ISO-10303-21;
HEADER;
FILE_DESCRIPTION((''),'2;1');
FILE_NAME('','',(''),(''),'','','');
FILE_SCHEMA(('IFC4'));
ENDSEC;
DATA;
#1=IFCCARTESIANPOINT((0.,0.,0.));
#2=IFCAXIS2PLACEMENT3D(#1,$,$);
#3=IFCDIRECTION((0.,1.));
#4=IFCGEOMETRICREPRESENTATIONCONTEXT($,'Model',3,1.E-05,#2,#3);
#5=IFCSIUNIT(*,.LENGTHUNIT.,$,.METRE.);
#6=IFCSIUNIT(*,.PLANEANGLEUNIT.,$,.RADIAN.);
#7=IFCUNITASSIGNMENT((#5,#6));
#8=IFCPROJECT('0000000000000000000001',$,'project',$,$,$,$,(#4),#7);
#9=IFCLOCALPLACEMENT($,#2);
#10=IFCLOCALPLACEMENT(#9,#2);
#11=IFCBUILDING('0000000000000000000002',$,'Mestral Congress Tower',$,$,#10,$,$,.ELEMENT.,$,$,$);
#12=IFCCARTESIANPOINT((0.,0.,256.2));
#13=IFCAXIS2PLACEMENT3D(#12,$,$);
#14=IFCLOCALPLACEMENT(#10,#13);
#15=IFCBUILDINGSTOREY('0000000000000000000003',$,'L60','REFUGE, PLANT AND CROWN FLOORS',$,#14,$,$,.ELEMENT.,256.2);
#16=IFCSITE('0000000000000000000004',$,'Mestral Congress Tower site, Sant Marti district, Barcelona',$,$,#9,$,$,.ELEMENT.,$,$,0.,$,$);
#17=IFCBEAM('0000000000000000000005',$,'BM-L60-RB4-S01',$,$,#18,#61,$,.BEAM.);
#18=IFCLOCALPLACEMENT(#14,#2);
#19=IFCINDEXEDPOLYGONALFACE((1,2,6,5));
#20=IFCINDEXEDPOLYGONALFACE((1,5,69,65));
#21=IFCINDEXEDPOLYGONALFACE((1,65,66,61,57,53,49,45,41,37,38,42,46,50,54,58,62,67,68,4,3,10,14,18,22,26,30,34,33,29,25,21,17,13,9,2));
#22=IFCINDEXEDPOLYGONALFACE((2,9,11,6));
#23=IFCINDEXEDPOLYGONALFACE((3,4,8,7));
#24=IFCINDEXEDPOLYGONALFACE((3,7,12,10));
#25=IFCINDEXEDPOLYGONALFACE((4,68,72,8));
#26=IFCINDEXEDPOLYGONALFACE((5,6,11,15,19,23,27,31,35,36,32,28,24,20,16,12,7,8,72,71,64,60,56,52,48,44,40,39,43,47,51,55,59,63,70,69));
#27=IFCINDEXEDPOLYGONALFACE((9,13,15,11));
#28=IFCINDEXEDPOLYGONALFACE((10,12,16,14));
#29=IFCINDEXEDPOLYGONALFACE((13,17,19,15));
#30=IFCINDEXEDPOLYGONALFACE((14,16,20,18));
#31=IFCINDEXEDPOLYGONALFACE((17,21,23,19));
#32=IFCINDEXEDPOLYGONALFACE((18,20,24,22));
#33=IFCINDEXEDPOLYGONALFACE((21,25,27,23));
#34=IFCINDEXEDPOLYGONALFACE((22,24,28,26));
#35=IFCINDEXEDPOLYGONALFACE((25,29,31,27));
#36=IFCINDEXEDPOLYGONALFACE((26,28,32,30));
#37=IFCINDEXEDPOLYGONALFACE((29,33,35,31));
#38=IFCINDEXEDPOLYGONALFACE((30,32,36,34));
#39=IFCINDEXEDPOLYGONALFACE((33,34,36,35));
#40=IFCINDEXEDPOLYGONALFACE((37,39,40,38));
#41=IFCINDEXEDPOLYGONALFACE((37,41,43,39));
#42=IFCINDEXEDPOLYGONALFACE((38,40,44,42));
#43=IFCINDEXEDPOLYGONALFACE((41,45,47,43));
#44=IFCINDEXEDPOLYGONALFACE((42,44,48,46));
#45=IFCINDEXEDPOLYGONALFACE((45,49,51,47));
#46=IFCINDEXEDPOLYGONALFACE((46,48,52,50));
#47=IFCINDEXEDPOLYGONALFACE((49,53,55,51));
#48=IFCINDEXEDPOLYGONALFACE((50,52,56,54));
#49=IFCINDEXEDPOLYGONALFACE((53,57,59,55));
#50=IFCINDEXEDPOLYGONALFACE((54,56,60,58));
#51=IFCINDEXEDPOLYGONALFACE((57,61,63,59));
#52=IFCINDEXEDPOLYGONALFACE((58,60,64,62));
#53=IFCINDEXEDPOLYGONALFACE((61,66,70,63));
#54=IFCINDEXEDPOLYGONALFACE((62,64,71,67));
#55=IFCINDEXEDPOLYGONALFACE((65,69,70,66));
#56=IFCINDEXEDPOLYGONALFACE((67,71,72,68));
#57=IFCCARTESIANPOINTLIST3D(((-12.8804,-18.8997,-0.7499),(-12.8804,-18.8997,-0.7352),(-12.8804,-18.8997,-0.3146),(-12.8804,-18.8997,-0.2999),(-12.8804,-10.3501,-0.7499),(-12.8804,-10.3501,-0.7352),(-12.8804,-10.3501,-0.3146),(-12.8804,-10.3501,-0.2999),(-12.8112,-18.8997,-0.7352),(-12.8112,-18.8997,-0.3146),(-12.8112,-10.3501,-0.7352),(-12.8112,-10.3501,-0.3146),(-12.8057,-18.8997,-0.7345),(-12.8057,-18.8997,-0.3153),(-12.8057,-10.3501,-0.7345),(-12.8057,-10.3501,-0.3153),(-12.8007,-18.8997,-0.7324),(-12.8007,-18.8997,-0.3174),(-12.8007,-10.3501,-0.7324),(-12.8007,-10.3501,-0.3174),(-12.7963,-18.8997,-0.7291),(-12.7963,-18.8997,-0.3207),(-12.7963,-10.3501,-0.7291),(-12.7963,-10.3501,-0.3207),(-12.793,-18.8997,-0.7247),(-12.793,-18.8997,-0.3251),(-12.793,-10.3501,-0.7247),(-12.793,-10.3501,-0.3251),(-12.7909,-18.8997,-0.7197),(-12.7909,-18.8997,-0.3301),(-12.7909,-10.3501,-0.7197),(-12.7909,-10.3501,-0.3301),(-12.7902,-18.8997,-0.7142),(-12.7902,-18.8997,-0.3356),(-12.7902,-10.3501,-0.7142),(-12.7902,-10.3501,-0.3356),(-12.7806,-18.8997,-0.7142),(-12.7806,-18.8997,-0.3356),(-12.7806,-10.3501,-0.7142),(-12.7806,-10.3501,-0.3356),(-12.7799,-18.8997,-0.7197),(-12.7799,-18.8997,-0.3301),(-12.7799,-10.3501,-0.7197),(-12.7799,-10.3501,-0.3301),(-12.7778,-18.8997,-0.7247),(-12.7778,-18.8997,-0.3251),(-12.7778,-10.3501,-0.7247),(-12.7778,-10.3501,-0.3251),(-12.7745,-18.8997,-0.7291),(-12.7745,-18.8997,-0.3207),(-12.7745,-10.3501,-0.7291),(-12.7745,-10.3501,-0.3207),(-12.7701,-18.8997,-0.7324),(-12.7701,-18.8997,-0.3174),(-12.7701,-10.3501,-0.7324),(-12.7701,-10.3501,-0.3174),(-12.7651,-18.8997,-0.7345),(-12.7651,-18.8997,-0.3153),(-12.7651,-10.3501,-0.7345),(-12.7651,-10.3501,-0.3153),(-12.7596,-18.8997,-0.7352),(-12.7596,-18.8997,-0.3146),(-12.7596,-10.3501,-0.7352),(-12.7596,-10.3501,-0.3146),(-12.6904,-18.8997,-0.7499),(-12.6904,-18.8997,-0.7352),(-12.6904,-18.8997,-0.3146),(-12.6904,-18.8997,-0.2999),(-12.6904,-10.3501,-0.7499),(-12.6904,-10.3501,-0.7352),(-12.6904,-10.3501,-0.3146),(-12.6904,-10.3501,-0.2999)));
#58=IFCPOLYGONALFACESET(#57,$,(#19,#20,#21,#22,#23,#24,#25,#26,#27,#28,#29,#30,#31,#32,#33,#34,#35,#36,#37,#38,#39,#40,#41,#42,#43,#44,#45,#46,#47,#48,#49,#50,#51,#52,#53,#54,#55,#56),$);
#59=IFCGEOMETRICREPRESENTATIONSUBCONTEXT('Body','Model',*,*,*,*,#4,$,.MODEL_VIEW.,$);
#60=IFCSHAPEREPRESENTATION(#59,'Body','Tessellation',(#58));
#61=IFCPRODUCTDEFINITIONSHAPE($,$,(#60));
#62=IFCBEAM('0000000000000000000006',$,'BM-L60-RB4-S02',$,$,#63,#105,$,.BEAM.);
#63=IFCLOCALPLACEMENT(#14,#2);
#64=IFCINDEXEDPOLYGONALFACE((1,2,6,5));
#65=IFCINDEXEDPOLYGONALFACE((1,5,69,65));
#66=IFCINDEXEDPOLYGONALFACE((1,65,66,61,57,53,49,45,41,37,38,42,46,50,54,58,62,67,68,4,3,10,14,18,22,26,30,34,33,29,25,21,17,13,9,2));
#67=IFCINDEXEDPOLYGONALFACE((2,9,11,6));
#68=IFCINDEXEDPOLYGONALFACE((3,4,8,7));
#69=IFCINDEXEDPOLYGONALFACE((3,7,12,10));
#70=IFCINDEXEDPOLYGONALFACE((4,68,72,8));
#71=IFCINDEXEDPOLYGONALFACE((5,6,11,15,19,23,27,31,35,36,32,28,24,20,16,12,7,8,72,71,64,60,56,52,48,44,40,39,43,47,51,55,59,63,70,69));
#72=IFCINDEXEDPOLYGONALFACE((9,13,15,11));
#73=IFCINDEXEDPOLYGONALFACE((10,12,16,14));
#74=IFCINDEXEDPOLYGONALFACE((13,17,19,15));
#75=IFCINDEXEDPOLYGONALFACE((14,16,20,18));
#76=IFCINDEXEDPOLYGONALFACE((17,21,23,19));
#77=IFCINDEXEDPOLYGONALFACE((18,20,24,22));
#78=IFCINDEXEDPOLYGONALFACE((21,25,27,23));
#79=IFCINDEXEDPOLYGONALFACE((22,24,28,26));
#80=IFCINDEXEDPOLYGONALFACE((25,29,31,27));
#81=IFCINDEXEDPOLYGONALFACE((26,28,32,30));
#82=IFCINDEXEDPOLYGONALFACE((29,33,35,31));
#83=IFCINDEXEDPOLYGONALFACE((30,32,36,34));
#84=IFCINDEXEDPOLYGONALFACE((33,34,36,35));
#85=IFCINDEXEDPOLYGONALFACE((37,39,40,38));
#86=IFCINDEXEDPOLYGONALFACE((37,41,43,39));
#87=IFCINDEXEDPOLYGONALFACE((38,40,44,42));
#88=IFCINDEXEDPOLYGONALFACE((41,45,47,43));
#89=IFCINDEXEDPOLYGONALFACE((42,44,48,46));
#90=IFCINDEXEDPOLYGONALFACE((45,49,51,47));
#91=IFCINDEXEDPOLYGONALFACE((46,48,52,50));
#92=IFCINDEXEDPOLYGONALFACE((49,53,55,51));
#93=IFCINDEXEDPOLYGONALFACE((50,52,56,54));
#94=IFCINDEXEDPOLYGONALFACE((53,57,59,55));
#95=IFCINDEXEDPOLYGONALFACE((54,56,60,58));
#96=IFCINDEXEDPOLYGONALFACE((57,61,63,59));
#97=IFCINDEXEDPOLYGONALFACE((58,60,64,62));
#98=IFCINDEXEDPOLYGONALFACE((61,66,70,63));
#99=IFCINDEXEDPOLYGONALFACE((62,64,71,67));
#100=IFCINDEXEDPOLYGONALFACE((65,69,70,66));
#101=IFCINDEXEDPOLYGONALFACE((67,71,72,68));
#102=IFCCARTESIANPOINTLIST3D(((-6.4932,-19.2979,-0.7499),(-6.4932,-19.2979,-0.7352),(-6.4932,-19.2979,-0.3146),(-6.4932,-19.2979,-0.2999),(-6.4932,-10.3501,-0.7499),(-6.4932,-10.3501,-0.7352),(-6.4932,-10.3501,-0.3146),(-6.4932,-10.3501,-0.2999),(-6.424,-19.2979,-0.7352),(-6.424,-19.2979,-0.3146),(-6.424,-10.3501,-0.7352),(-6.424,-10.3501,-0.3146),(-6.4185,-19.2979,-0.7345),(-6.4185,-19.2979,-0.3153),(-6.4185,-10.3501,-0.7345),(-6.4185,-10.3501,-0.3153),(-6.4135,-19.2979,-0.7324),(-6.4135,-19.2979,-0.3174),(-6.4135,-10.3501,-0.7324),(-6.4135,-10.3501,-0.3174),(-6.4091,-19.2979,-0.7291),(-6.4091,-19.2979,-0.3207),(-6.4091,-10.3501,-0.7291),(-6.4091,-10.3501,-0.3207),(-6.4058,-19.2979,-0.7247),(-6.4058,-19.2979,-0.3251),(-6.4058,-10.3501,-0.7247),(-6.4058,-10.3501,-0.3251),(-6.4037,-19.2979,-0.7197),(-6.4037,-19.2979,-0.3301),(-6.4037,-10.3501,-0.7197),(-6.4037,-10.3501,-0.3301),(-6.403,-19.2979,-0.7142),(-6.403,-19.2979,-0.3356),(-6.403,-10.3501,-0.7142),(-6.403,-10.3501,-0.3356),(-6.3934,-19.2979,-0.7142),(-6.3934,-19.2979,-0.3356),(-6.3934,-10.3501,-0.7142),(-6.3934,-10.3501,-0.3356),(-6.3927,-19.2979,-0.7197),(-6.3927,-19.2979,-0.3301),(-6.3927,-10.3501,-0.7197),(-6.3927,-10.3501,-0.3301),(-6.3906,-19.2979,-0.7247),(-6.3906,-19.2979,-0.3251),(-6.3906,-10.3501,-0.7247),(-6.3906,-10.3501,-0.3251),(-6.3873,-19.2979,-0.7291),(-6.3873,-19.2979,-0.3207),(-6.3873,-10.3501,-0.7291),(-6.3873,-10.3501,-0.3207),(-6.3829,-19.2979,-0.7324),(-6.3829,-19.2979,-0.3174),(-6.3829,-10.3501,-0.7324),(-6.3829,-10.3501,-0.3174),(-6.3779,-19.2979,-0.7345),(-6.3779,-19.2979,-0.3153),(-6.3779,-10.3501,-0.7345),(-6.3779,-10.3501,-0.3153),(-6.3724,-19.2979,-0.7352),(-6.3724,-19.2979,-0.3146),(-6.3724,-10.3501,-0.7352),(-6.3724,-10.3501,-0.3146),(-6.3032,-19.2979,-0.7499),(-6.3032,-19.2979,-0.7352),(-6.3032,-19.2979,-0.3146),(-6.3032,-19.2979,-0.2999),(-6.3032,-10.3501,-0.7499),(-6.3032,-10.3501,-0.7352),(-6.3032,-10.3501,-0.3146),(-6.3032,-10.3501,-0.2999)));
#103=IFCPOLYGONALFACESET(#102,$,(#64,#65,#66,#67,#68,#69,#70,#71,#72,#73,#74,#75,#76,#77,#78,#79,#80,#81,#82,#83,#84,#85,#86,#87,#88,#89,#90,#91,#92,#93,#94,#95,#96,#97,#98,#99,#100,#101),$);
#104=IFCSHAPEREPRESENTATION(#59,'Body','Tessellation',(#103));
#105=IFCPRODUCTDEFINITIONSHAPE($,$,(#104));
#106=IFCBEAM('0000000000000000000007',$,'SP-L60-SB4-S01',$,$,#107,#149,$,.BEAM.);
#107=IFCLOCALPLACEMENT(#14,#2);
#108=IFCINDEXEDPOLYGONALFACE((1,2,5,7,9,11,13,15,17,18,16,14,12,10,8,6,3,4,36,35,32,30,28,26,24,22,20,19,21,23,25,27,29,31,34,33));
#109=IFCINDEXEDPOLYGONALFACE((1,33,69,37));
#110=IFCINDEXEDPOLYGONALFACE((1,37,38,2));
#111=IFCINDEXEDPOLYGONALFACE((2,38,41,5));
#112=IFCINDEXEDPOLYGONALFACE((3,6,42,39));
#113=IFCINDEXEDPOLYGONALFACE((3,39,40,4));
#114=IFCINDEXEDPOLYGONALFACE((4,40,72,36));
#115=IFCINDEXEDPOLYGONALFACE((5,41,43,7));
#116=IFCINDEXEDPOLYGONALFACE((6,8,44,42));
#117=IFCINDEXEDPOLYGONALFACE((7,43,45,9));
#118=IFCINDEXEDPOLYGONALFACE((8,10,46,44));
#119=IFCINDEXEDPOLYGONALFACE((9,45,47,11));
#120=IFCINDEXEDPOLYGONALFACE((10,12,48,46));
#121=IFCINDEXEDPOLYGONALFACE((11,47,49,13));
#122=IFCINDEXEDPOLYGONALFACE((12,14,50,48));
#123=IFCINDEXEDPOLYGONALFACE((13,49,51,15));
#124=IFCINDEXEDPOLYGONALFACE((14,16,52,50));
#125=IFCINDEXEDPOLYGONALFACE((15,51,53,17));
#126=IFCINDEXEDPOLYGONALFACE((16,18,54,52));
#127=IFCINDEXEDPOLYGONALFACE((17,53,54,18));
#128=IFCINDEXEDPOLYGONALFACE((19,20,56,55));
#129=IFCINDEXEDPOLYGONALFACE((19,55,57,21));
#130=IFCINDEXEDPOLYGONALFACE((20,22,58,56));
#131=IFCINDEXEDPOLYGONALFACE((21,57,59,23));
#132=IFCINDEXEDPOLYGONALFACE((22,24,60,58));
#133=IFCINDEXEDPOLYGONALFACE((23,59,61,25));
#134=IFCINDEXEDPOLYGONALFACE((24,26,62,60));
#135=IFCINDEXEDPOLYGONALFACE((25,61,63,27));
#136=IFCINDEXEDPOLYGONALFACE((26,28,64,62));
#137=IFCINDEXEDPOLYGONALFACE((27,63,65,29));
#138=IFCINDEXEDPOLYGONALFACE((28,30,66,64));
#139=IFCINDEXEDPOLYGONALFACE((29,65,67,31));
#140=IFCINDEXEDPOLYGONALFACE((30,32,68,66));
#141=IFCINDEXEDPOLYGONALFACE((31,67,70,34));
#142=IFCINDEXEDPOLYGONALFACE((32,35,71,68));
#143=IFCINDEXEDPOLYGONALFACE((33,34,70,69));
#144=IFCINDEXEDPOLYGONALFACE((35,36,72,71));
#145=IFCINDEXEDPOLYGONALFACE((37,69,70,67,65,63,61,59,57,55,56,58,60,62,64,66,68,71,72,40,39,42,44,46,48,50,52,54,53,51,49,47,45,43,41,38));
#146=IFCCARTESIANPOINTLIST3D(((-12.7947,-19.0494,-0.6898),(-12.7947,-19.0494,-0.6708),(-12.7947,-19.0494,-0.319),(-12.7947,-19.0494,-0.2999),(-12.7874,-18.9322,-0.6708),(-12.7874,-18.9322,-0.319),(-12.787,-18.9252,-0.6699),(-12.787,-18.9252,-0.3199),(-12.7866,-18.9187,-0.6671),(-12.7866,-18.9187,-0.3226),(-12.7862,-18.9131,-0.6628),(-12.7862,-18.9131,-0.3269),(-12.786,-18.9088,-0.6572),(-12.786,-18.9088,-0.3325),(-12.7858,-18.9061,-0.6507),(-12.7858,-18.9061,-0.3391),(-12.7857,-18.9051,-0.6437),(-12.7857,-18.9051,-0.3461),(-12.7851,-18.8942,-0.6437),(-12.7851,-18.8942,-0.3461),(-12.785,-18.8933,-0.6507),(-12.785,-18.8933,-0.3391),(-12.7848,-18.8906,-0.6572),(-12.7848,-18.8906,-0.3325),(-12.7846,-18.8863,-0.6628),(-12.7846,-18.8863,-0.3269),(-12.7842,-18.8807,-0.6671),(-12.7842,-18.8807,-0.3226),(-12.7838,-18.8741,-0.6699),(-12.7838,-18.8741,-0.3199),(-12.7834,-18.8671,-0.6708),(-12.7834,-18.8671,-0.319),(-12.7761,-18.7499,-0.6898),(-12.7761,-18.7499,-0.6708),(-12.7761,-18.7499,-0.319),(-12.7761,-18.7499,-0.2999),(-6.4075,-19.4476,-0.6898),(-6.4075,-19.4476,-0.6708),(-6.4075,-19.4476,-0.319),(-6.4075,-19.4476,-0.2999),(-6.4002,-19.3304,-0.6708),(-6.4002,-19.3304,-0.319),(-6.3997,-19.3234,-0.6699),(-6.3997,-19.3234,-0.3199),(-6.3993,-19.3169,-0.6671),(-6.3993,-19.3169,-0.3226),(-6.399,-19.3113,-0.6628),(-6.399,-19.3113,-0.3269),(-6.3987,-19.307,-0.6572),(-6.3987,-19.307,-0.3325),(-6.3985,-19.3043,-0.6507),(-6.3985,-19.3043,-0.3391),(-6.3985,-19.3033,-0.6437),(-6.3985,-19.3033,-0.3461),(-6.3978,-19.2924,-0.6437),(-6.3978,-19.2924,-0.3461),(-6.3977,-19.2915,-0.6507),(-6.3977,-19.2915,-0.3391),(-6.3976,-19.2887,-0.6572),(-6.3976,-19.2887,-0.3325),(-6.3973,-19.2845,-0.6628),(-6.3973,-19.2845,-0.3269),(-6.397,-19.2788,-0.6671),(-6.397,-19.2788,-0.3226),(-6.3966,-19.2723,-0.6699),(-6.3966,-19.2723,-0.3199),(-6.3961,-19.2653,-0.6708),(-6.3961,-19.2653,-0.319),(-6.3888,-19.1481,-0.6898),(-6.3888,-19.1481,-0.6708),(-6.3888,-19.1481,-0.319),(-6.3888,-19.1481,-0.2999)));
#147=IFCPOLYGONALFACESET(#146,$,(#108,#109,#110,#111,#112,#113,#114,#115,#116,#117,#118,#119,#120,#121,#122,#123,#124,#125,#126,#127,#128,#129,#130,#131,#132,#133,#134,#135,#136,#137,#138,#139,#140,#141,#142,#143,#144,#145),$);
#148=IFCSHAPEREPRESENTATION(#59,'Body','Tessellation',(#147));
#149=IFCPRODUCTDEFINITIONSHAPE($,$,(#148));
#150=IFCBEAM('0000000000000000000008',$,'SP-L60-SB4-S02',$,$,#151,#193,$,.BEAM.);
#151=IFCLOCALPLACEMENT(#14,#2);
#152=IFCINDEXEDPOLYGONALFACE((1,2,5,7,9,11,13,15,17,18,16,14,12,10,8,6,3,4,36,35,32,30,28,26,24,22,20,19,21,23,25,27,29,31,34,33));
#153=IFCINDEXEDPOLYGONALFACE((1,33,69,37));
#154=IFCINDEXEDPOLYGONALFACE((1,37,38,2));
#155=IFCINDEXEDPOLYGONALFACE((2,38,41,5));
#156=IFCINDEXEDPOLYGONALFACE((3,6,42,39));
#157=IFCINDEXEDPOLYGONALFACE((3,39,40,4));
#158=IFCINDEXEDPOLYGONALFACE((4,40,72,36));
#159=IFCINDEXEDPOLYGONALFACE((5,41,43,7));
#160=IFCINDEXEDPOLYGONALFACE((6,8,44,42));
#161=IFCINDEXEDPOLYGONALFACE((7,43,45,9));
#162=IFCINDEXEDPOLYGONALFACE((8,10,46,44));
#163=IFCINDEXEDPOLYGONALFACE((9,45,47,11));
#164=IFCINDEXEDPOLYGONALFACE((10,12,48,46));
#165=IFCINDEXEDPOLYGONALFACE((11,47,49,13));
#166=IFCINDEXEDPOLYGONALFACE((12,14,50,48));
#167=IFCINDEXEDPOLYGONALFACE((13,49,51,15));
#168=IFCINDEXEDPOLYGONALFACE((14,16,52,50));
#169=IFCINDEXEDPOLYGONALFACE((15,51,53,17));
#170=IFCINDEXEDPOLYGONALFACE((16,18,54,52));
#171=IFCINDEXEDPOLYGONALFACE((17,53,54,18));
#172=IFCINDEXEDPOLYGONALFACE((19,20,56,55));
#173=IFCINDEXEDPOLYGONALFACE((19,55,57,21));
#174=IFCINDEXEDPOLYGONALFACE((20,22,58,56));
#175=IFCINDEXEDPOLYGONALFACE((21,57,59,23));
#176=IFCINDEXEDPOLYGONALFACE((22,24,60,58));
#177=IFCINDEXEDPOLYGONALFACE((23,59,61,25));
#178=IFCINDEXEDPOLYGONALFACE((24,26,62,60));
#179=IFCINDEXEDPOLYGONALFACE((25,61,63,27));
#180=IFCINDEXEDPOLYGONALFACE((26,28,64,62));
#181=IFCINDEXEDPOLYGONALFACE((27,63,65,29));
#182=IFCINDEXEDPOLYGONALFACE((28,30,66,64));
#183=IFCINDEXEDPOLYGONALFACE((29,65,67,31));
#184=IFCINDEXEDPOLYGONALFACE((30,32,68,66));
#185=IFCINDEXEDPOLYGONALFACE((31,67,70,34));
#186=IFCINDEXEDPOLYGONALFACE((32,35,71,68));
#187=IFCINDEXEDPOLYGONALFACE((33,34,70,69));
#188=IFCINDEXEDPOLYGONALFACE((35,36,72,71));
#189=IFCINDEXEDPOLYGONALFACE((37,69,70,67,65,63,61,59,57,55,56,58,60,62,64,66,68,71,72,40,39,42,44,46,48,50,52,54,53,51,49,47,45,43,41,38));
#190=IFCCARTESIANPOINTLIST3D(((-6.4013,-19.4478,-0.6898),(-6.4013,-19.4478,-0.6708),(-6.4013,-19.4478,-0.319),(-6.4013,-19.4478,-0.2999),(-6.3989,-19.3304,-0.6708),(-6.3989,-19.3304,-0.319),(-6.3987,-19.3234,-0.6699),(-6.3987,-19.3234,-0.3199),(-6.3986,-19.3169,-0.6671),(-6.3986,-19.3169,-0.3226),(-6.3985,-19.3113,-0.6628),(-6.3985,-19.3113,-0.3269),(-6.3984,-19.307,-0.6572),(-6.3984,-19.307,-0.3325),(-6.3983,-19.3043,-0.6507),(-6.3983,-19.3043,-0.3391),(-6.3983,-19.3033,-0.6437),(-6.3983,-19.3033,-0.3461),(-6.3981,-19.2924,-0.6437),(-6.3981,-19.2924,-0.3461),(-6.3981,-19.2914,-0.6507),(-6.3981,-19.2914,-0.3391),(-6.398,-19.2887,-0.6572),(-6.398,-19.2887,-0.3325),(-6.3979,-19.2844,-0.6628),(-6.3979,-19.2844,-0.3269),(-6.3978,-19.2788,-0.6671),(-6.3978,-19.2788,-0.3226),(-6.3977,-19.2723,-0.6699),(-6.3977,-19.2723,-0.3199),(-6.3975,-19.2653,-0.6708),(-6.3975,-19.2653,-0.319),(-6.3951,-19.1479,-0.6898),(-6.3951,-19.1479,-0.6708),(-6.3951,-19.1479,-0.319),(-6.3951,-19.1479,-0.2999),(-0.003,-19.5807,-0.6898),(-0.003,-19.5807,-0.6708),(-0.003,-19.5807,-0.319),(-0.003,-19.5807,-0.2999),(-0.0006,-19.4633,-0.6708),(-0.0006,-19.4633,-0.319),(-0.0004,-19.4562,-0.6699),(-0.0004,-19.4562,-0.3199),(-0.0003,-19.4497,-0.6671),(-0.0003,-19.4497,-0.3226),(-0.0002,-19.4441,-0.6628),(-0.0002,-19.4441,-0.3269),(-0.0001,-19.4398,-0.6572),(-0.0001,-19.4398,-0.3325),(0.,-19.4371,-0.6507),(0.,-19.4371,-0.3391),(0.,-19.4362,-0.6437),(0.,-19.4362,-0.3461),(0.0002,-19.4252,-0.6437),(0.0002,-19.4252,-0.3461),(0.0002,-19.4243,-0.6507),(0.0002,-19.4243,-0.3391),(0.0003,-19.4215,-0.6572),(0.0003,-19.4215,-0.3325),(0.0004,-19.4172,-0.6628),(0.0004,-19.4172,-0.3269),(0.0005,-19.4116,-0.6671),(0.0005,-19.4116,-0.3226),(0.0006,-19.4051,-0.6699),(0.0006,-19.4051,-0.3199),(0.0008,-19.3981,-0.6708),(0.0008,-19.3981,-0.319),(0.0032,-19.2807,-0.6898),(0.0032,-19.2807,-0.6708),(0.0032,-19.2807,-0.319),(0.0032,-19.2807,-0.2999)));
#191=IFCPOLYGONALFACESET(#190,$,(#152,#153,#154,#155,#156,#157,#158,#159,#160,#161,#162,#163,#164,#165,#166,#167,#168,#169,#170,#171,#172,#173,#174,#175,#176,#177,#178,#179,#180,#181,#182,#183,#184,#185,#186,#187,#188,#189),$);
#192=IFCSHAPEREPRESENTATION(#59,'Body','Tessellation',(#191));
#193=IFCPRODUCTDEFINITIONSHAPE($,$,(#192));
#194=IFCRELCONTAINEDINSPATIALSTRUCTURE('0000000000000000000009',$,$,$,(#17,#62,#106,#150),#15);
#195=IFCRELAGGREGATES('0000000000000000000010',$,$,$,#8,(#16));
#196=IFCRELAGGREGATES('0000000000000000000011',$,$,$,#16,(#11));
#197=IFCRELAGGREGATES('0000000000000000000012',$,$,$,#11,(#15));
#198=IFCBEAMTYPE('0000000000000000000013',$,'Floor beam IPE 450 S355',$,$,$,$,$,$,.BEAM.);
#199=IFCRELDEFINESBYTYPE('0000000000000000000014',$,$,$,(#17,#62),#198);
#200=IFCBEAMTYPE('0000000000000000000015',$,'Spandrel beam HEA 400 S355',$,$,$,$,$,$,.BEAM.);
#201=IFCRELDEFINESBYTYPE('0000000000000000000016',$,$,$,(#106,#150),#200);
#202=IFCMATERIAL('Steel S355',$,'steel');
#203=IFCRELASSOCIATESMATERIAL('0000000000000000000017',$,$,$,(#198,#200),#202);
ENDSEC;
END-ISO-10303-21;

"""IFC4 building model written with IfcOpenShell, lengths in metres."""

from ifc_helpers import new_model, si_unit, direction, frame, origin, origin_2d, place, context, subcontext, project, spatial, i_section, extrude, material, material_profile, profile_set, type_object, element, save


model = new_model("IFC4")

# Units and contexts
model_context = context("Model", 3, precision=1e-05, world=origin(), true_north=direction((0.0, 1.0)))
body_context = subcontext(model_context, "Body", "Model", "MODEL_VIEW")
ifc_project = project(units=[si_unit("LENGTHUNIT", "METRE"), si_unit("PLANEANGLEUNIT", "RADIAN")], contexts=[model_context])

# Site, building, storey
site_placement = place(None, origin())
site = spatial("IfcSite", under=ifc_project, at=site_placement, Name="Mestral Congress Tower site, Sant Marti district, Barcelona", CompositionType="ELEMENT", RefElevation=0.0)
building_placement = place(site_placement, origin())
building = spatial("IfcBuilding", under=site, at=building_placement, Name="Mestral Congress Tower", CompositionType="ELEMENT")
storey_placement = place(building_placement, frame((0.0, 0.0, 256.2)))
storey = spatial("IfcBuildingStorey", under=building, at=storey_placement, Name="L60", Description="REFUGE, PLANT AND CROWN FLOORS", CompositionType="ELEMENT", Elevation=256.2)

# Shared definitions
ifc_material_1 = material(Name="Steel S355", Category="steel")

# Beams
ifc_material_profile_1 = material_profile(ifc_material_1, i_section(OverallWidth=0.1899, OverallDepth=0.45, WebThickness=0.0095, FlangeThickness=0.0146, FilletRadius=0.021, at=origin_2d()), Name="IPE 450")
ifc_profile_set_1 = profile_set([ifc_material_profile_1], Name="Steel S355")
beam_type_1 = type_object("IfcBeamType", Name="Floor beam IPE 450 S355", PredefinedType="BEAM", material=ifc_profile_set_1)
beam_1_placement = place(storey_placement, frame((-12.7854, -18.8997, -0.5249), z_axis=(0.0, 1.0, 0.0), x_axis=(-1.0, 0.0, 0.0)))
element("IfcBeam", 1, at=beam_1_placement, inside=storey, type_object=beam_type_1, Name="BM-L60-RB4-S01", PredefinedType="BEAM", context=body_context, shape_type="SweptSolid", body=[
    extrude(i_section(OverallWidth=0.1899, OverallDepth=0.45, WebThickness=0.0095, FlangeThickness=0.0146, FilletRadius=0.021, at=origin_2d()), origin(), (0.0, 0.0, 1.0), 8.5496),
])
beam_2_placement = place(storey_placement, frame((-6.3982, -19.2979, -0.5249), z_axis=(0.0, 1.0, 0.0), x_axis=(-1.0, 0.0, 0.0)))
element("IfcBeam", 2, at=beam_2_placement, inside=storey, type_object=beam_type_1, Name="BM-L60-RB4-S02", PredefinedType="BEAM", context=body_context, shape_type="SweptSolid", body=[
    extrude(i_section(OverallWidth=0.1899, OverallDepth=0.45, WebThickness=0.0095, FlangeThickness=0.0146, FilletRadius=0.021, at=origin_2d()), origin(), (0.0, 0.0, 1.0), 8.9478),
])
ifc_material_profile_2 = material_profile(ifc_material_1, i_section(OverallWidth=0.3, OverallDepth=0.3899, WebThickness=0.011, FlangeThickness=0.019, FilletRadius=0.0271, at=origin_2d()), Name="HEA 400")
ifc_profile_set_2 = profile_set([ifc_material_profile_2], Name="Steel S355")
beam_type_2 = type_object("IfcBeamType", Name="Spandrel beam HEA 400 S355", PredefinedType="BEAM", material=ifc_profile_set_2)
for number, where, z_axis, x_axis, name in (
    (3, (-12.7854, -18.8997, -0.4949), (0.998062, -0.062222, 0.0), (0.062222, 0.998062, 0.0), "SP-L60-SB4-S01"),
    (4, (-6.3982, -19.2979, -0.4949), (0.999785, -0.020753, 0.0), (0.020753, 0.999785, 0.0), "SP-L60-SB4-S02"),
):
    element("IfcBeam", number, at=place(storey_placement, frame(where, z_axis=z_axis, x_axis=x_axis)), inside=storey, type_object=beam_type_2, Name=name, PredefinedType="BEAM", context=body_context, shape_type="SweptSolid", body=[
        extrude(i_section(OverallWidth=0.3, OverallDepth=0.3899, WebThickness=0.011, FlangeThickness=0.019, FilletRadius=0.0271, at=origin_2d()), origin(), (0.0, 0.0, 1.0), 6.3997),
    ])

save(model, "model.ifc")
